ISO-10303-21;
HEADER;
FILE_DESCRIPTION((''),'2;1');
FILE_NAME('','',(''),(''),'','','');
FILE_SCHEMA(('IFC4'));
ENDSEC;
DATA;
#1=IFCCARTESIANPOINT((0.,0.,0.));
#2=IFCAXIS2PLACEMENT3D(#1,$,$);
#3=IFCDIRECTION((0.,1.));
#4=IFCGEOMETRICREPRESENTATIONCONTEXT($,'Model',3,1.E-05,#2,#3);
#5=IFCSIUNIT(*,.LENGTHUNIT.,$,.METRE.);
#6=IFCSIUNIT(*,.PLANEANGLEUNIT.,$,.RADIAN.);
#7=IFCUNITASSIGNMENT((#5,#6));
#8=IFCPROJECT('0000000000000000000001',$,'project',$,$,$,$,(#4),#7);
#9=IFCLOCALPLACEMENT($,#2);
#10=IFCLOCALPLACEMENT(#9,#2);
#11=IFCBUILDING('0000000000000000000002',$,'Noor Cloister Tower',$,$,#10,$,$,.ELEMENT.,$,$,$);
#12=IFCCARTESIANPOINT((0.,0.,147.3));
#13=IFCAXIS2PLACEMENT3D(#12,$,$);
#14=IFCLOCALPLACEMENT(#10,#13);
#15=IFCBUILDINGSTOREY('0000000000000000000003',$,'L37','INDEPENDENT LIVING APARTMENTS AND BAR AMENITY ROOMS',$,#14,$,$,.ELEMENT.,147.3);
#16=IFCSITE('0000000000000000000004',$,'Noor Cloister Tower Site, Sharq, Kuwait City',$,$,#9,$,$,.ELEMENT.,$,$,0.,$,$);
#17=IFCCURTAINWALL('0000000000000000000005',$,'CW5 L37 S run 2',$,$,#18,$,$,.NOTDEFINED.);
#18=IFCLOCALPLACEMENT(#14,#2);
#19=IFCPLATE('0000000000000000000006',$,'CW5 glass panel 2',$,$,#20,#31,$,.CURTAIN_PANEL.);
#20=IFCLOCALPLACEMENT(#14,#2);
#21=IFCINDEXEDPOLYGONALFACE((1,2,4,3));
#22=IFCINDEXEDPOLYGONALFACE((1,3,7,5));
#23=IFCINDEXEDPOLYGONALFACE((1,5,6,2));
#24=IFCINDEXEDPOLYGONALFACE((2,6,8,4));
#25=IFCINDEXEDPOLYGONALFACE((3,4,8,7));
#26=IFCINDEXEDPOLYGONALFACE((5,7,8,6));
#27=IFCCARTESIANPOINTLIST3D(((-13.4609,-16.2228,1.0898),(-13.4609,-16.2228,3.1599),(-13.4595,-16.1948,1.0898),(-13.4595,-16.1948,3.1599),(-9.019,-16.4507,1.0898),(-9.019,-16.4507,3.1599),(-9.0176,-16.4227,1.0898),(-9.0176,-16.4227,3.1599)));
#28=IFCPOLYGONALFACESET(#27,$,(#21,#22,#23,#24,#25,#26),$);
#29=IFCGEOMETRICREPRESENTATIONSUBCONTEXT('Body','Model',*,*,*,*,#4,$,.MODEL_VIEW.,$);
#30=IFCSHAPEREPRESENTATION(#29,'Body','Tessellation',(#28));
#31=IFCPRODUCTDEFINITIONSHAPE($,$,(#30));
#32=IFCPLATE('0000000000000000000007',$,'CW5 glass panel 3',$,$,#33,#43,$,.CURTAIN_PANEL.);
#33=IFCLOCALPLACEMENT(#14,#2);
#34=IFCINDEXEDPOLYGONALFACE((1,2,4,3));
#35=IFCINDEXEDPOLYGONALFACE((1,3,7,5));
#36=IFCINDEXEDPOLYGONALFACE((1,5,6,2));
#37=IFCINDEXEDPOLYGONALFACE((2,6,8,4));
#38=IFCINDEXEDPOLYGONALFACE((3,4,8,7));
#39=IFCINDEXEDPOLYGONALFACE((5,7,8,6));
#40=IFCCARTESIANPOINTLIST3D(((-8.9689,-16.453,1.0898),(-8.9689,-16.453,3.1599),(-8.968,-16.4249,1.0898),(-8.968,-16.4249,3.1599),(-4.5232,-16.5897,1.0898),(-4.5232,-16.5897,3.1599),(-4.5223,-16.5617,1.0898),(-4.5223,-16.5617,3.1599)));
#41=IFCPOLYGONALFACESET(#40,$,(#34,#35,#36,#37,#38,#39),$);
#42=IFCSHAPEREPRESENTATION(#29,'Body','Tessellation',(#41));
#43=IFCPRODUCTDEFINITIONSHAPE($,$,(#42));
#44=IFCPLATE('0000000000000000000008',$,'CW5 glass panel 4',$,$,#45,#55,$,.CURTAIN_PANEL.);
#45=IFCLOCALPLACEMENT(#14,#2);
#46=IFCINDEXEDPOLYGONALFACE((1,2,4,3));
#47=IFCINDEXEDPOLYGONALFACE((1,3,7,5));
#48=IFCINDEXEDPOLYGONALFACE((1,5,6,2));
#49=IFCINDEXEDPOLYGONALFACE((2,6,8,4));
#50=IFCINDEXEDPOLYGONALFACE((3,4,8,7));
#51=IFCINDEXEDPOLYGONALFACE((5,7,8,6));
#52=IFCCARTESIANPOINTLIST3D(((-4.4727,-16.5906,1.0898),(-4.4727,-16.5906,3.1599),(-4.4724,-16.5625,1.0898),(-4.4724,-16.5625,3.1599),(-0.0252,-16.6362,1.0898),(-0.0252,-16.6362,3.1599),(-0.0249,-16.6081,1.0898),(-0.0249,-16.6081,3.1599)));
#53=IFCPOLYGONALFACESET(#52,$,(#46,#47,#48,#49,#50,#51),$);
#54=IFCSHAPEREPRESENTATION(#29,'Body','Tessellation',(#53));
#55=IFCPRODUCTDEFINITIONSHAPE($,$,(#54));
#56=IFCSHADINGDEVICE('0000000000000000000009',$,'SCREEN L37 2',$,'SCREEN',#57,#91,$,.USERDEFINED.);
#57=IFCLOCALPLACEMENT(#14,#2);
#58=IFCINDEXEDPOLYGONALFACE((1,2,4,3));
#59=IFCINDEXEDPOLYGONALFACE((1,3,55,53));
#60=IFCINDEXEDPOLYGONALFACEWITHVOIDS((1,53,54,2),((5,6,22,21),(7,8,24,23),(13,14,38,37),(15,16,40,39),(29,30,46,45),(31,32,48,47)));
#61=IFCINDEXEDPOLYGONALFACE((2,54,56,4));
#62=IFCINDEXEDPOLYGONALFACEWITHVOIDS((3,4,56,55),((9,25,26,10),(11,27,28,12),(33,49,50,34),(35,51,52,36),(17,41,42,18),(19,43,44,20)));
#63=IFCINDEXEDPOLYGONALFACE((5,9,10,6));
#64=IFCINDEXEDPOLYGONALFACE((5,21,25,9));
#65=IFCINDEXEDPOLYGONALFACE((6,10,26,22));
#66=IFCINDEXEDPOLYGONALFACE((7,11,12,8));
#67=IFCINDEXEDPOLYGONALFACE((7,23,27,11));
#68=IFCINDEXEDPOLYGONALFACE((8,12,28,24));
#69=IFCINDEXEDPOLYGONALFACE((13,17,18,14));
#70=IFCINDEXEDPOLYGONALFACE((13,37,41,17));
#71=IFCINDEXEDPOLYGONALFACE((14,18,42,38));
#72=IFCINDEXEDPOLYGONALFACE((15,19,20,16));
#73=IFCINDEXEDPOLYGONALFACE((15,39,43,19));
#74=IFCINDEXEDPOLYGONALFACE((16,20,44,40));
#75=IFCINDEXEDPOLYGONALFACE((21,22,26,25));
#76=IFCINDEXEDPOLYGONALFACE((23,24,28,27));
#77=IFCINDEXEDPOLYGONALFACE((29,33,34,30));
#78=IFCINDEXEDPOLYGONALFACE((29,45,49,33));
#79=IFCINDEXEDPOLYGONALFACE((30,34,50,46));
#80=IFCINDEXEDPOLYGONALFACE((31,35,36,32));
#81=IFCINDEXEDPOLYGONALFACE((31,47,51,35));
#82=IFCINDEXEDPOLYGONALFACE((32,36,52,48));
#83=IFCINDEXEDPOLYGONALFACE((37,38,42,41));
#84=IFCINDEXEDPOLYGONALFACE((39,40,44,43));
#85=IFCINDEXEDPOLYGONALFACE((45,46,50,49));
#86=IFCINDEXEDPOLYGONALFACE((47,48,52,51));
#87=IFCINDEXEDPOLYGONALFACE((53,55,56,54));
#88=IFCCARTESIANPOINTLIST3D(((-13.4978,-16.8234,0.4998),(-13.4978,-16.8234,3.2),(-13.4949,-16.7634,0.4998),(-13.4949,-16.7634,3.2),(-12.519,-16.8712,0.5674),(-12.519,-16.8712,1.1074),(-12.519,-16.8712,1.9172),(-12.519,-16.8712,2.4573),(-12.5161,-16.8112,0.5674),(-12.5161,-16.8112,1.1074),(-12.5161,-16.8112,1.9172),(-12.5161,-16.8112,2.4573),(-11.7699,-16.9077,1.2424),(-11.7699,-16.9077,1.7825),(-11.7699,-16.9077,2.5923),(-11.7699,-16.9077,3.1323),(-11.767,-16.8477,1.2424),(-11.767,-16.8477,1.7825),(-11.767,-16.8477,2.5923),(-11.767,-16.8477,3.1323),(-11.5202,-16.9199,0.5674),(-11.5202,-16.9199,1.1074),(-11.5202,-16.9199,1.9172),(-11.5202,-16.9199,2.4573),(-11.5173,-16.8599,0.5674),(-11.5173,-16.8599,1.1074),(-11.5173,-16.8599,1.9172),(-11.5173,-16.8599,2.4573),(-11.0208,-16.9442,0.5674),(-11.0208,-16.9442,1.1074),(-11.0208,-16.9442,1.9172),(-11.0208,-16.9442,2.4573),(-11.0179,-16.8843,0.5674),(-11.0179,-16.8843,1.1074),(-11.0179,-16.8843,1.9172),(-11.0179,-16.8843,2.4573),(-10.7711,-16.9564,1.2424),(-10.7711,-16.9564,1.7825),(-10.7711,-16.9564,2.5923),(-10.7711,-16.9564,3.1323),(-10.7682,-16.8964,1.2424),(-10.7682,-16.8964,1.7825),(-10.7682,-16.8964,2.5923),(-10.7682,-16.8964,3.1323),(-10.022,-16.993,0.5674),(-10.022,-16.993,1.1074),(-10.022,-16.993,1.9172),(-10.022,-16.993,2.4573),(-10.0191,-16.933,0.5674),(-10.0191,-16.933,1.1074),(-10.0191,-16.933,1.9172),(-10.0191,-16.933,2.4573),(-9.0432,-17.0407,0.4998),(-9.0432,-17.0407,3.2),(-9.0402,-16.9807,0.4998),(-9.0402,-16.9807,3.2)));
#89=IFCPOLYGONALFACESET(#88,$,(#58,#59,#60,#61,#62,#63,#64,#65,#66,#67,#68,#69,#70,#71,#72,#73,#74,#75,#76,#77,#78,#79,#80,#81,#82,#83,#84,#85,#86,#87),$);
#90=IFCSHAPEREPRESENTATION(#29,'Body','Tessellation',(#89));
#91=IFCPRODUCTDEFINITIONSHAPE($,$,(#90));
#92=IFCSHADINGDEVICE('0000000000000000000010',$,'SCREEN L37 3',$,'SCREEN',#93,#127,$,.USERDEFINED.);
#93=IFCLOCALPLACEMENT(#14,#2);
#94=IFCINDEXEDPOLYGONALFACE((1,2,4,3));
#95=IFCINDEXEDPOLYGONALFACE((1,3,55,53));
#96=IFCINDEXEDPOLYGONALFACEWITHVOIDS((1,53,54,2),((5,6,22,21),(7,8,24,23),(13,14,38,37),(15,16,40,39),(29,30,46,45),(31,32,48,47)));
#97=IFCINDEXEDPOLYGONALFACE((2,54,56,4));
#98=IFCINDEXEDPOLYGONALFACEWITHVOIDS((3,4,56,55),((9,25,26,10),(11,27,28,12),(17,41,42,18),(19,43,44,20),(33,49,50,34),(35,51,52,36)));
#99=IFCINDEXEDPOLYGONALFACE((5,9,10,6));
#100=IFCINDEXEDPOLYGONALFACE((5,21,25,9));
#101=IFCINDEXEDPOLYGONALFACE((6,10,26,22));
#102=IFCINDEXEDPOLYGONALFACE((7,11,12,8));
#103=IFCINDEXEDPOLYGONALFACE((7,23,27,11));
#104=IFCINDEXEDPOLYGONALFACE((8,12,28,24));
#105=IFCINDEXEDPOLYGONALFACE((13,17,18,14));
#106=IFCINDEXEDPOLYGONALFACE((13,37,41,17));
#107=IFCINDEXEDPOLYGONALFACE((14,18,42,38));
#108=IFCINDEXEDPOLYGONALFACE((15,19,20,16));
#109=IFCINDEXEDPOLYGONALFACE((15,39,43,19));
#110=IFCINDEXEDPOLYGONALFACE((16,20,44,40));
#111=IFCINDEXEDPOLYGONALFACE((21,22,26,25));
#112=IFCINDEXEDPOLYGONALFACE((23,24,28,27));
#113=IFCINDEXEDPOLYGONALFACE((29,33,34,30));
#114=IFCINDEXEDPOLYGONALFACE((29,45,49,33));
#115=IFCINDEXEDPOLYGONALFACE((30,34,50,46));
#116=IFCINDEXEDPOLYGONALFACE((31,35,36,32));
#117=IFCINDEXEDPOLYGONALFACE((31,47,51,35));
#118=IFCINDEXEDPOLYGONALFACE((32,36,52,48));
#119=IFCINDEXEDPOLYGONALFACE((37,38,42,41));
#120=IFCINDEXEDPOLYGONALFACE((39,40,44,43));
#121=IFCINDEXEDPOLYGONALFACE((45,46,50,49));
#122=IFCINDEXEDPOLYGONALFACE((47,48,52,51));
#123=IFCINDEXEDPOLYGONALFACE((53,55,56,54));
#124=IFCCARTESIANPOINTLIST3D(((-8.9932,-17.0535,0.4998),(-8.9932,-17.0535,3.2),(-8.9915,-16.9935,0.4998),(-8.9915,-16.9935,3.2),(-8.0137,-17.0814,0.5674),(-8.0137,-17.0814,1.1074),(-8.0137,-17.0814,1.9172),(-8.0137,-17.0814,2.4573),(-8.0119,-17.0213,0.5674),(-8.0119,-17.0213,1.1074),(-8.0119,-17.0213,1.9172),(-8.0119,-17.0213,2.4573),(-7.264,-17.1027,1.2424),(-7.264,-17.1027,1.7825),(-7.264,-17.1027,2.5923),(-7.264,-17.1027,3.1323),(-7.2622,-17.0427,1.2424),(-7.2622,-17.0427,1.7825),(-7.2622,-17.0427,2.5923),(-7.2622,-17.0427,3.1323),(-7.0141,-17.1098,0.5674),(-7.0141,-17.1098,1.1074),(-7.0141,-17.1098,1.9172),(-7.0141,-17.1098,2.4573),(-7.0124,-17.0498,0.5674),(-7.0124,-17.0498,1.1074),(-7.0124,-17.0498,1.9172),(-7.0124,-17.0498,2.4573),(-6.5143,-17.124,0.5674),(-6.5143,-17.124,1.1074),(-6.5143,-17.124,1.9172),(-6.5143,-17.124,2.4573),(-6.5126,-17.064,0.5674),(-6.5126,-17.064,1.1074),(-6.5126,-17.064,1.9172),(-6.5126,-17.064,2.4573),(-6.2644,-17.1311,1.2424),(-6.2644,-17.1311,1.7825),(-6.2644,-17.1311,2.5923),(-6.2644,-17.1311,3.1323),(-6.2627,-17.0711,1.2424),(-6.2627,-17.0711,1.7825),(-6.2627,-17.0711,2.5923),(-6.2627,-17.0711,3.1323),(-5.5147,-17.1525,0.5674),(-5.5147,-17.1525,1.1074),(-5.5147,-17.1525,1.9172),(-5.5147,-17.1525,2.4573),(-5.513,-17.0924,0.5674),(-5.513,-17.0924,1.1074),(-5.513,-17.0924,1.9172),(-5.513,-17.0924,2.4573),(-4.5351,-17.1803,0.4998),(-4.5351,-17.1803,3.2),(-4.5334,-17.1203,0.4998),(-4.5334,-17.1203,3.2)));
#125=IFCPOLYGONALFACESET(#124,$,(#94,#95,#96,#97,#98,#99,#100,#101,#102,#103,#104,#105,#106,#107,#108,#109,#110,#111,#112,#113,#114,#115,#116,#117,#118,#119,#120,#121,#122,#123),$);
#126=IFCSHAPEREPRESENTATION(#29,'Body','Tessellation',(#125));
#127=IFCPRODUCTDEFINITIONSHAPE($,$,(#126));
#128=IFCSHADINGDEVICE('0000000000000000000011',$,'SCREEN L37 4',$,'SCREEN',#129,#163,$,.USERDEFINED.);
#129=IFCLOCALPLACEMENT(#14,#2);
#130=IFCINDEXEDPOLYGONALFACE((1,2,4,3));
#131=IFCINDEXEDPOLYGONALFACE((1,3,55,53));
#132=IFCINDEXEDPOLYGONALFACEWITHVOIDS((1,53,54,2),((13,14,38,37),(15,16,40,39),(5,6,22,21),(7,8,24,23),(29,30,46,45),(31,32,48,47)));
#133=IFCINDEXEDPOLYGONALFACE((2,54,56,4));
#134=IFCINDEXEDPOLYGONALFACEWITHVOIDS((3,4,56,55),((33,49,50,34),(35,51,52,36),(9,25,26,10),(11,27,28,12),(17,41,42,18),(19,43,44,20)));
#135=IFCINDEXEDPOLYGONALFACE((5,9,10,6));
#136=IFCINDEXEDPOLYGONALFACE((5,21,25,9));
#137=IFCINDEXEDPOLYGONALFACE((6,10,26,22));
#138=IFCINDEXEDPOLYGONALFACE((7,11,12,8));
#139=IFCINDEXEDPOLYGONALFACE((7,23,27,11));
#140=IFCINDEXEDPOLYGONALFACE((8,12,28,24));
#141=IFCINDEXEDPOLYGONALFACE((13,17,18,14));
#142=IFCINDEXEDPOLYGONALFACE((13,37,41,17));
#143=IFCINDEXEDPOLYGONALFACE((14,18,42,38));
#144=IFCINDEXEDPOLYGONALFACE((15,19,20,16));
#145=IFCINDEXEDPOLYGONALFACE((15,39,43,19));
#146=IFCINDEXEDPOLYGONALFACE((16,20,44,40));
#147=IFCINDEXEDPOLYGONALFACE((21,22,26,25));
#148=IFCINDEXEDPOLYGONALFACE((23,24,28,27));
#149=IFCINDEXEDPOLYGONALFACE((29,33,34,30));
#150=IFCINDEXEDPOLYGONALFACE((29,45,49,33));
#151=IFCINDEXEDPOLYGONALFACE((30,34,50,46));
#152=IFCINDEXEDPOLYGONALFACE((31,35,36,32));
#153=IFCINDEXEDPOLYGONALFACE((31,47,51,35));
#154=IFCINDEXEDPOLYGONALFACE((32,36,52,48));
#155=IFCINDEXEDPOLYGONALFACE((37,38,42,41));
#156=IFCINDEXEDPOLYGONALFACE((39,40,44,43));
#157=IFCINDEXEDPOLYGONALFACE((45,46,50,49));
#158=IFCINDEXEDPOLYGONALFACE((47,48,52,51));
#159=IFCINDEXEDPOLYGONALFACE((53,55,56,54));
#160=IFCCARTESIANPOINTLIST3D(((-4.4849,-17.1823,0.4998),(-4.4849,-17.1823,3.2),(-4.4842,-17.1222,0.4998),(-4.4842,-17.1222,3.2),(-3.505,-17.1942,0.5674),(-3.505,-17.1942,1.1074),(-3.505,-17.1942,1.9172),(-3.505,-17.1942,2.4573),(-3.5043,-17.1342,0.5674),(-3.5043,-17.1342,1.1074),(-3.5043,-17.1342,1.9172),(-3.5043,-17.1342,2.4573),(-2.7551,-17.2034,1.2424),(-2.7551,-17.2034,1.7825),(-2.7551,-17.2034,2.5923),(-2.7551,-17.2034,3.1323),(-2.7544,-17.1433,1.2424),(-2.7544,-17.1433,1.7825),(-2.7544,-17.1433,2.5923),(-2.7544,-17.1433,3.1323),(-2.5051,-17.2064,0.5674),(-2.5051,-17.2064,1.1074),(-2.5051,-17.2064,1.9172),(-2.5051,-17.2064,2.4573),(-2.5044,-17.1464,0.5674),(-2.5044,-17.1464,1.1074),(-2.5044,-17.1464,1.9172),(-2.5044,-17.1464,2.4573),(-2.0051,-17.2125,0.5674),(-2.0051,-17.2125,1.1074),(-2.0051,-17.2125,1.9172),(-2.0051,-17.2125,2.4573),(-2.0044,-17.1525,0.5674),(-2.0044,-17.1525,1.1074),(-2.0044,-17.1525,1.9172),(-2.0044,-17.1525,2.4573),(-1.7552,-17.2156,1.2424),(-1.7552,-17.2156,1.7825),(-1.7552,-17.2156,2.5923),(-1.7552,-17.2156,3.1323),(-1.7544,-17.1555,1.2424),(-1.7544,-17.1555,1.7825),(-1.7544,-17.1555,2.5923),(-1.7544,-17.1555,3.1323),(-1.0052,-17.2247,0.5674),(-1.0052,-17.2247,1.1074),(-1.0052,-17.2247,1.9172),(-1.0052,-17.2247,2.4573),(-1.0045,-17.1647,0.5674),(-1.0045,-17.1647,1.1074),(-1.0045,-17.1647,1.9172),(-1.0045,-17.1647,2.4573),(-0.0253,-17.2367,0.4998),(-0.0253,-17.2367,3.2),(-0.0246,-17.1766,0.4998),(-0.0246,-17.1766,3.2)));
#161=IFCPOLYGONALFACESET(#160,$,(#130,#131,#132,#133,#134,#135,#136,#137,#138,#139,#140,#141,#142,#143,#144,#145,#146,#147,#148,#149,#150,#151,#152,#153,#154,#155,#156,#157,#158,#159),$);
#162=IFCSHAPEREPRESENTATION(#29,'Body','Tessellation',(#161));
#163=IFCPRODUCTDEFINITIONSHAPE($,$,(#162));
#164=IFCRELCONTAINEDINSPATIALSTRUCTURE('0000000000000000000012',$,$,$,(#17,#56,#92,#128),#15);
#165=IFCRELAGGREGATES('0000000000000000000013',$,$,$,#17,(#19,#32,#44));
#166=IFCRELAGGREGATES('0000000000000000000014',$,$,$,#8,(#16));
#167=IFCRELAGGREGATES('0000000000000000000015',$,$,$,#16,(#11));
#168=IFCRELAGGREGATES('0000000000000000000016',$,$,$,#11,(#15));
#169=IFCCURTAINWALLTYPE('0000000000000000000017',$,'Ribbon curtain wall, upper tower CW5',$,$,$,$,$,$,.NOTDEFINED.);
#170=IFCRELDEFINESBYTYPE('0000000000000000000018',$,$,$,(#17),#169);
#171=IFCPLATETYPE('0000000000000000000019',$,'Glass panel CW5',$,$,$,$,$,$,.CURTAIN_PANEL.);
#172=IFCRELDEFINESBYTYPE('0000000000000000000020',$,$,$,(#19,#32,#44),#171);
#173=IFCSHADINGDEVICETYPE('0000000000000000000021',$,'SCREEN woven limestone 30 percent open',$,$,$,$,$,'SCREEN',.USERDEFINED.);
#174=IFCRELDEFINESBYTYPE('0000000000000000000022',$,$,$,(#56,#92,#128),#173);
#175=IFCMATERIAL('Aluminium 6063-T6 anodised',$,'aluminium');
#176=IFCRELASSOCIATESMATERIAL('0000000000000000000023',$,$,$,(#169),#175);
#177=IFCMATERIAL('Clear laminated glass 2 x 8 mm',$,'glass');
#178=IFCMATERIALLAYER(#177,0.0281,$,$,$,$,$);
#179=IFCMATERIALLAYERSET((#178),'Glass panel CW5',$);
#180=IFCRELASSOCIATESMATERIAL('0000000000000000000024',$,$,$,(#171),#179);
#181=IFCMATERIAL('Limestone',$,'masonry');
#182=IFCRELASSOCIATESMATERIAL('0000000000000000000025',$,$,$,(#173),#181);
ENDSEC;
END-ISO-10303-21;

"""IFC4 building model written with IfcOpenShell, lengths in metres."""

from ifc_helpers import new_model, si_unit, direction, frame, origin, origin_2d, place, context, subcontext, project, spatial, polyline, rectangle, outline, extrude, material, layer, layer_set, material_profile, profile_set, type_object, element, aggregate, save


model = new_model("IFC4")

# Units and contexts
model_context = context("Model", 3, precision=1e-05, world=origin(), true_north=direction((0.0, 1.0)))
body_context = subcontext(model_context, "Body", "Model", "MODEL_VIEW")
ifc_project = project(units=[si_unit("LENGTHUNIT", "METRE"), si_unit("PLANEANGLEUNIT", "RADIAN")], contexts=[model_context])

# Site, building, storey
site_placement = place(None, origin())
site = spatial("IfcSite", under=ifc_project, at=site_placement, Name="Noor Cloister Tower Site, Sharq, Kuwait City", CompositionType="ELEMENT", RefElevation=0.0)
building_placement = place(site_placement, origin())
building = spatial("IfcBuilding", under=site, at=building_placement, Name="Noor Cloister Tower", CompositionType="ELEMENT")
storey_placement = place(building_placement, frame((0.0, 0.0, 147.3)))
storey = spatial("IfcBuildingStorey", under=building, at=storey_placement, Name="L37", Description="INDEPENDENT LIVING APARTMENTS AND BAR AMENITY ROOMS", CompositionType="ELEMENT", Elevation=147.3)

# Curtain wall
ifc_material_1 = material(Name="Aluminium 6063-T6 anodised", Category="aluminium")
curtain_wall_type = type_object("IfcCurtainWallType", Name="Ribbon curtain wall, upper tower CW5", PredefinedType="NOTDEFINED", material=ifc_material_1)
curtain_wall_placement = place(storey_placement, origin())
curtain_wall = element("IfcCurtainWall", 1, at=curtain_wall_placement, inside=storey, type_object=curtain_wall_type, Name="CW5 L37 S run 2", PredefinedType="NOTDEFINED")

# Plates
ifc_material_2 = material(Name="Clear laminated glass 2 x 8 mm", Category="glass")
ifc_layer = layer(ifc_material_2, 0.0281)
ifc_layer_set = layer_set([ifc_layer], Name="Glass panel CW5")
plate_type = type_object("IfcPlateType", Name="Glass panel CW5", PredefinedType="CURTAIN_PANEL", material=ifc_layer_set)
plate_1_placement = place(storey_placement, frame((-11.2393, -16.3228, 1.0898), z_axis=(0.0, 0.0, 1.0), x_axis=(0.998687, -0.051236, 0.0)))
plate_1 = element("IfcPlate", 2, at=plate_1_placement, type_object=plate_type, Name="CW5 glass panel 2", PredefinedType="CURTAIN_PANEL", context=body_context, shape_type="SweptSolid", body=[
    extrude(rectangle(XDim=4.4478, YDim=0.0281, at=origin_2d()), origin(), (0.0, 0.0, 1.0), 2.0701),
])
plate_2_placement = place(storey_placement, frame((-6.7456, -16.5073, 1.0898), z_axis=(0.0, 0.0, 1.0), x_axis=(0.999527, -0.03075, 0.0)))
plate_2 = element("IfcPlate", 3, at=plate_2_placement, type_object=plate_type, Name="CW5 glass panel 3", PredefinedType="CURTAIN_PANEL", context=body_context, shape_type="SweptSolid", body=[
    extrude(rectangle(XDim=4.4478, YDim=0.0281, at=origin_2d()), origin(), (0.0, 0.0, 1.0), 2.0701),
])
plate_3_placement = place(storey_placement, frame((-2.2488, -16.5994, 1.0898), z_axis=(0.0, 0.0, 1.0), x_axis=(0.999947, -0.010252, 0.0)))
plate_3 = element("IfcPlate", 4, at=plate_3_placement, type_object=plate_type, Name="CW5 glass panel 4", PredefinedType="CURTAIN_PANEL", context=body_context, shape_type="SweptSolid", body=[
    extrude(rectangle(XDim=4.4478, YDim=0.0281, at=origin_2d()), origin(), (0.0, 0.0, 1.0), 2.0701),
])
aggregate(curtain_wall, [plate_1, plate_2, plate_3])

# Shading devices
ifc_material_3 = material(Name="Limestone", Category="masonry")
ifc_material_profile_1 = material_profile(ifc_material_3, outline(polyline([(-2.23, -1.3501), (2.23, -1.3501), (2.23, 1.3501), (-2.23, 1.3501), (-2.23, -1.3501)]), holes=[polyline([(-1.25, -1.2825), (-0.25, -1.2825), (-0.25, -0.7424), (-1.25, -0.7424), (-1.25, -1.2825)]), polyline([(0.25, -1.2825), (1.25, -1.2825), (1.25, -0.7424), (0.25, -0.7424), (0.25, -1.2825)]), polyline([(-0.5, -0.6074), (0.5, -0.6074), (0.5, -0.0674), (-0.5, -0.0674), (-0.5, -0.6074)]), polyline([(-1.25, 0.0674), (-0.25, 0.0674), (-0.25, 0.6074), (-1.25, 0.6074), (-1.25, 0.0674)]), polyline([(0.25, 0.0674), (1.25, 0.0674), (1.25, 0.6074), (0.25, 0.6074), (0.25, 0.0674)]), polyline([(-0.5, 0.7424), (0.5, 0.7424), (0.5, 1.2825), (-0.5, 1.2825), (-0.5, 0.7424)])]), Name="Woven screen 30 percent open")
ifc_profile_set_1 = profile_set([ifc_material_profile_1], Name="Limestone")
shading_device_type = type_object("IfcShadingDeviceType", Name="SCREEN woven limestone 30 percent open", ElementType="SCREEN", PredefinedType="USERDEFINED", material=ifc_profile_set_1)
for number, where, z_axis, x_axis, name in (
    (5, (-11.2676, -16.8721, 1.8499), (-0.048723, -0.998812, 0.0), (0.998812, -0.048723, 0.0), "SCREEN L37 2"),
    (6, (-6.7625, -17.0569, 1.8499), (-0.028444, -0.999595, 0.0), (0.999595, -0.028444, 0.0), "SCREEN L37 3"),
    (7, (-2.2544, -17.1494, 1.8499), (-0.012194, -0.999926, 0.0), (0.999926, -0.012194, 0.0), "SCREEN L37 4"),
):
    element("IfcShadingDevice", number, at=place(storey_placement, frame(where, z_axis=z_axis, x_axis=x_axis)), inside=storey, type_object=shading_device_type, Name=name, ObjectType="SCREEN", PredefinedType="USERDEFINED", context=body_context, shape_type="SweptSolid", body=[
        extrude(outline(polyline([(-2.23, -1.3501), (2.23, -1.3501), (2.23, 1.3501), (-2.23, 1.3501), (-2.23, -1.3501)]), holes=[polyline([(-1.25, -1.2825), (-0.25, -1.2825), (-0.25, -0.7424), (-1.25, -0.7424), (-1.25, -1.2825)]), polyline([(0.25, -1.2825), (1.25, -1.2825), (1.25, -0.7424), (0.25, -0.7424), (0.25, -1.2825)]), polyline([(-0.5, -0.6074), (0.5, -0.6074), (0.5, -0.0674), (-0.5, -0.0674), (-0.5, -0.6074)]), polyline([(-1.25, 0.0674), (-0.25, 0.0674), (-0.25, 0.6074), (-1.25, 0.6074), (-1.25, 0.0674)]), polyline([(0.25, 0.0674), (1.25, 0.0674), (1.25, 0.6074), (0.25, 0.6074), (0.25, 0.0674)]), polyline([(-0.5, 0.7424), (0.5, 0.7424), (0.5, 1.2825), (-0.5, 1.2825), (-0.5, 0.7424)])]), origin(), (0.0, 0.0, 1.0), 0.0601),
    ])

save(model, "model.ifc")
